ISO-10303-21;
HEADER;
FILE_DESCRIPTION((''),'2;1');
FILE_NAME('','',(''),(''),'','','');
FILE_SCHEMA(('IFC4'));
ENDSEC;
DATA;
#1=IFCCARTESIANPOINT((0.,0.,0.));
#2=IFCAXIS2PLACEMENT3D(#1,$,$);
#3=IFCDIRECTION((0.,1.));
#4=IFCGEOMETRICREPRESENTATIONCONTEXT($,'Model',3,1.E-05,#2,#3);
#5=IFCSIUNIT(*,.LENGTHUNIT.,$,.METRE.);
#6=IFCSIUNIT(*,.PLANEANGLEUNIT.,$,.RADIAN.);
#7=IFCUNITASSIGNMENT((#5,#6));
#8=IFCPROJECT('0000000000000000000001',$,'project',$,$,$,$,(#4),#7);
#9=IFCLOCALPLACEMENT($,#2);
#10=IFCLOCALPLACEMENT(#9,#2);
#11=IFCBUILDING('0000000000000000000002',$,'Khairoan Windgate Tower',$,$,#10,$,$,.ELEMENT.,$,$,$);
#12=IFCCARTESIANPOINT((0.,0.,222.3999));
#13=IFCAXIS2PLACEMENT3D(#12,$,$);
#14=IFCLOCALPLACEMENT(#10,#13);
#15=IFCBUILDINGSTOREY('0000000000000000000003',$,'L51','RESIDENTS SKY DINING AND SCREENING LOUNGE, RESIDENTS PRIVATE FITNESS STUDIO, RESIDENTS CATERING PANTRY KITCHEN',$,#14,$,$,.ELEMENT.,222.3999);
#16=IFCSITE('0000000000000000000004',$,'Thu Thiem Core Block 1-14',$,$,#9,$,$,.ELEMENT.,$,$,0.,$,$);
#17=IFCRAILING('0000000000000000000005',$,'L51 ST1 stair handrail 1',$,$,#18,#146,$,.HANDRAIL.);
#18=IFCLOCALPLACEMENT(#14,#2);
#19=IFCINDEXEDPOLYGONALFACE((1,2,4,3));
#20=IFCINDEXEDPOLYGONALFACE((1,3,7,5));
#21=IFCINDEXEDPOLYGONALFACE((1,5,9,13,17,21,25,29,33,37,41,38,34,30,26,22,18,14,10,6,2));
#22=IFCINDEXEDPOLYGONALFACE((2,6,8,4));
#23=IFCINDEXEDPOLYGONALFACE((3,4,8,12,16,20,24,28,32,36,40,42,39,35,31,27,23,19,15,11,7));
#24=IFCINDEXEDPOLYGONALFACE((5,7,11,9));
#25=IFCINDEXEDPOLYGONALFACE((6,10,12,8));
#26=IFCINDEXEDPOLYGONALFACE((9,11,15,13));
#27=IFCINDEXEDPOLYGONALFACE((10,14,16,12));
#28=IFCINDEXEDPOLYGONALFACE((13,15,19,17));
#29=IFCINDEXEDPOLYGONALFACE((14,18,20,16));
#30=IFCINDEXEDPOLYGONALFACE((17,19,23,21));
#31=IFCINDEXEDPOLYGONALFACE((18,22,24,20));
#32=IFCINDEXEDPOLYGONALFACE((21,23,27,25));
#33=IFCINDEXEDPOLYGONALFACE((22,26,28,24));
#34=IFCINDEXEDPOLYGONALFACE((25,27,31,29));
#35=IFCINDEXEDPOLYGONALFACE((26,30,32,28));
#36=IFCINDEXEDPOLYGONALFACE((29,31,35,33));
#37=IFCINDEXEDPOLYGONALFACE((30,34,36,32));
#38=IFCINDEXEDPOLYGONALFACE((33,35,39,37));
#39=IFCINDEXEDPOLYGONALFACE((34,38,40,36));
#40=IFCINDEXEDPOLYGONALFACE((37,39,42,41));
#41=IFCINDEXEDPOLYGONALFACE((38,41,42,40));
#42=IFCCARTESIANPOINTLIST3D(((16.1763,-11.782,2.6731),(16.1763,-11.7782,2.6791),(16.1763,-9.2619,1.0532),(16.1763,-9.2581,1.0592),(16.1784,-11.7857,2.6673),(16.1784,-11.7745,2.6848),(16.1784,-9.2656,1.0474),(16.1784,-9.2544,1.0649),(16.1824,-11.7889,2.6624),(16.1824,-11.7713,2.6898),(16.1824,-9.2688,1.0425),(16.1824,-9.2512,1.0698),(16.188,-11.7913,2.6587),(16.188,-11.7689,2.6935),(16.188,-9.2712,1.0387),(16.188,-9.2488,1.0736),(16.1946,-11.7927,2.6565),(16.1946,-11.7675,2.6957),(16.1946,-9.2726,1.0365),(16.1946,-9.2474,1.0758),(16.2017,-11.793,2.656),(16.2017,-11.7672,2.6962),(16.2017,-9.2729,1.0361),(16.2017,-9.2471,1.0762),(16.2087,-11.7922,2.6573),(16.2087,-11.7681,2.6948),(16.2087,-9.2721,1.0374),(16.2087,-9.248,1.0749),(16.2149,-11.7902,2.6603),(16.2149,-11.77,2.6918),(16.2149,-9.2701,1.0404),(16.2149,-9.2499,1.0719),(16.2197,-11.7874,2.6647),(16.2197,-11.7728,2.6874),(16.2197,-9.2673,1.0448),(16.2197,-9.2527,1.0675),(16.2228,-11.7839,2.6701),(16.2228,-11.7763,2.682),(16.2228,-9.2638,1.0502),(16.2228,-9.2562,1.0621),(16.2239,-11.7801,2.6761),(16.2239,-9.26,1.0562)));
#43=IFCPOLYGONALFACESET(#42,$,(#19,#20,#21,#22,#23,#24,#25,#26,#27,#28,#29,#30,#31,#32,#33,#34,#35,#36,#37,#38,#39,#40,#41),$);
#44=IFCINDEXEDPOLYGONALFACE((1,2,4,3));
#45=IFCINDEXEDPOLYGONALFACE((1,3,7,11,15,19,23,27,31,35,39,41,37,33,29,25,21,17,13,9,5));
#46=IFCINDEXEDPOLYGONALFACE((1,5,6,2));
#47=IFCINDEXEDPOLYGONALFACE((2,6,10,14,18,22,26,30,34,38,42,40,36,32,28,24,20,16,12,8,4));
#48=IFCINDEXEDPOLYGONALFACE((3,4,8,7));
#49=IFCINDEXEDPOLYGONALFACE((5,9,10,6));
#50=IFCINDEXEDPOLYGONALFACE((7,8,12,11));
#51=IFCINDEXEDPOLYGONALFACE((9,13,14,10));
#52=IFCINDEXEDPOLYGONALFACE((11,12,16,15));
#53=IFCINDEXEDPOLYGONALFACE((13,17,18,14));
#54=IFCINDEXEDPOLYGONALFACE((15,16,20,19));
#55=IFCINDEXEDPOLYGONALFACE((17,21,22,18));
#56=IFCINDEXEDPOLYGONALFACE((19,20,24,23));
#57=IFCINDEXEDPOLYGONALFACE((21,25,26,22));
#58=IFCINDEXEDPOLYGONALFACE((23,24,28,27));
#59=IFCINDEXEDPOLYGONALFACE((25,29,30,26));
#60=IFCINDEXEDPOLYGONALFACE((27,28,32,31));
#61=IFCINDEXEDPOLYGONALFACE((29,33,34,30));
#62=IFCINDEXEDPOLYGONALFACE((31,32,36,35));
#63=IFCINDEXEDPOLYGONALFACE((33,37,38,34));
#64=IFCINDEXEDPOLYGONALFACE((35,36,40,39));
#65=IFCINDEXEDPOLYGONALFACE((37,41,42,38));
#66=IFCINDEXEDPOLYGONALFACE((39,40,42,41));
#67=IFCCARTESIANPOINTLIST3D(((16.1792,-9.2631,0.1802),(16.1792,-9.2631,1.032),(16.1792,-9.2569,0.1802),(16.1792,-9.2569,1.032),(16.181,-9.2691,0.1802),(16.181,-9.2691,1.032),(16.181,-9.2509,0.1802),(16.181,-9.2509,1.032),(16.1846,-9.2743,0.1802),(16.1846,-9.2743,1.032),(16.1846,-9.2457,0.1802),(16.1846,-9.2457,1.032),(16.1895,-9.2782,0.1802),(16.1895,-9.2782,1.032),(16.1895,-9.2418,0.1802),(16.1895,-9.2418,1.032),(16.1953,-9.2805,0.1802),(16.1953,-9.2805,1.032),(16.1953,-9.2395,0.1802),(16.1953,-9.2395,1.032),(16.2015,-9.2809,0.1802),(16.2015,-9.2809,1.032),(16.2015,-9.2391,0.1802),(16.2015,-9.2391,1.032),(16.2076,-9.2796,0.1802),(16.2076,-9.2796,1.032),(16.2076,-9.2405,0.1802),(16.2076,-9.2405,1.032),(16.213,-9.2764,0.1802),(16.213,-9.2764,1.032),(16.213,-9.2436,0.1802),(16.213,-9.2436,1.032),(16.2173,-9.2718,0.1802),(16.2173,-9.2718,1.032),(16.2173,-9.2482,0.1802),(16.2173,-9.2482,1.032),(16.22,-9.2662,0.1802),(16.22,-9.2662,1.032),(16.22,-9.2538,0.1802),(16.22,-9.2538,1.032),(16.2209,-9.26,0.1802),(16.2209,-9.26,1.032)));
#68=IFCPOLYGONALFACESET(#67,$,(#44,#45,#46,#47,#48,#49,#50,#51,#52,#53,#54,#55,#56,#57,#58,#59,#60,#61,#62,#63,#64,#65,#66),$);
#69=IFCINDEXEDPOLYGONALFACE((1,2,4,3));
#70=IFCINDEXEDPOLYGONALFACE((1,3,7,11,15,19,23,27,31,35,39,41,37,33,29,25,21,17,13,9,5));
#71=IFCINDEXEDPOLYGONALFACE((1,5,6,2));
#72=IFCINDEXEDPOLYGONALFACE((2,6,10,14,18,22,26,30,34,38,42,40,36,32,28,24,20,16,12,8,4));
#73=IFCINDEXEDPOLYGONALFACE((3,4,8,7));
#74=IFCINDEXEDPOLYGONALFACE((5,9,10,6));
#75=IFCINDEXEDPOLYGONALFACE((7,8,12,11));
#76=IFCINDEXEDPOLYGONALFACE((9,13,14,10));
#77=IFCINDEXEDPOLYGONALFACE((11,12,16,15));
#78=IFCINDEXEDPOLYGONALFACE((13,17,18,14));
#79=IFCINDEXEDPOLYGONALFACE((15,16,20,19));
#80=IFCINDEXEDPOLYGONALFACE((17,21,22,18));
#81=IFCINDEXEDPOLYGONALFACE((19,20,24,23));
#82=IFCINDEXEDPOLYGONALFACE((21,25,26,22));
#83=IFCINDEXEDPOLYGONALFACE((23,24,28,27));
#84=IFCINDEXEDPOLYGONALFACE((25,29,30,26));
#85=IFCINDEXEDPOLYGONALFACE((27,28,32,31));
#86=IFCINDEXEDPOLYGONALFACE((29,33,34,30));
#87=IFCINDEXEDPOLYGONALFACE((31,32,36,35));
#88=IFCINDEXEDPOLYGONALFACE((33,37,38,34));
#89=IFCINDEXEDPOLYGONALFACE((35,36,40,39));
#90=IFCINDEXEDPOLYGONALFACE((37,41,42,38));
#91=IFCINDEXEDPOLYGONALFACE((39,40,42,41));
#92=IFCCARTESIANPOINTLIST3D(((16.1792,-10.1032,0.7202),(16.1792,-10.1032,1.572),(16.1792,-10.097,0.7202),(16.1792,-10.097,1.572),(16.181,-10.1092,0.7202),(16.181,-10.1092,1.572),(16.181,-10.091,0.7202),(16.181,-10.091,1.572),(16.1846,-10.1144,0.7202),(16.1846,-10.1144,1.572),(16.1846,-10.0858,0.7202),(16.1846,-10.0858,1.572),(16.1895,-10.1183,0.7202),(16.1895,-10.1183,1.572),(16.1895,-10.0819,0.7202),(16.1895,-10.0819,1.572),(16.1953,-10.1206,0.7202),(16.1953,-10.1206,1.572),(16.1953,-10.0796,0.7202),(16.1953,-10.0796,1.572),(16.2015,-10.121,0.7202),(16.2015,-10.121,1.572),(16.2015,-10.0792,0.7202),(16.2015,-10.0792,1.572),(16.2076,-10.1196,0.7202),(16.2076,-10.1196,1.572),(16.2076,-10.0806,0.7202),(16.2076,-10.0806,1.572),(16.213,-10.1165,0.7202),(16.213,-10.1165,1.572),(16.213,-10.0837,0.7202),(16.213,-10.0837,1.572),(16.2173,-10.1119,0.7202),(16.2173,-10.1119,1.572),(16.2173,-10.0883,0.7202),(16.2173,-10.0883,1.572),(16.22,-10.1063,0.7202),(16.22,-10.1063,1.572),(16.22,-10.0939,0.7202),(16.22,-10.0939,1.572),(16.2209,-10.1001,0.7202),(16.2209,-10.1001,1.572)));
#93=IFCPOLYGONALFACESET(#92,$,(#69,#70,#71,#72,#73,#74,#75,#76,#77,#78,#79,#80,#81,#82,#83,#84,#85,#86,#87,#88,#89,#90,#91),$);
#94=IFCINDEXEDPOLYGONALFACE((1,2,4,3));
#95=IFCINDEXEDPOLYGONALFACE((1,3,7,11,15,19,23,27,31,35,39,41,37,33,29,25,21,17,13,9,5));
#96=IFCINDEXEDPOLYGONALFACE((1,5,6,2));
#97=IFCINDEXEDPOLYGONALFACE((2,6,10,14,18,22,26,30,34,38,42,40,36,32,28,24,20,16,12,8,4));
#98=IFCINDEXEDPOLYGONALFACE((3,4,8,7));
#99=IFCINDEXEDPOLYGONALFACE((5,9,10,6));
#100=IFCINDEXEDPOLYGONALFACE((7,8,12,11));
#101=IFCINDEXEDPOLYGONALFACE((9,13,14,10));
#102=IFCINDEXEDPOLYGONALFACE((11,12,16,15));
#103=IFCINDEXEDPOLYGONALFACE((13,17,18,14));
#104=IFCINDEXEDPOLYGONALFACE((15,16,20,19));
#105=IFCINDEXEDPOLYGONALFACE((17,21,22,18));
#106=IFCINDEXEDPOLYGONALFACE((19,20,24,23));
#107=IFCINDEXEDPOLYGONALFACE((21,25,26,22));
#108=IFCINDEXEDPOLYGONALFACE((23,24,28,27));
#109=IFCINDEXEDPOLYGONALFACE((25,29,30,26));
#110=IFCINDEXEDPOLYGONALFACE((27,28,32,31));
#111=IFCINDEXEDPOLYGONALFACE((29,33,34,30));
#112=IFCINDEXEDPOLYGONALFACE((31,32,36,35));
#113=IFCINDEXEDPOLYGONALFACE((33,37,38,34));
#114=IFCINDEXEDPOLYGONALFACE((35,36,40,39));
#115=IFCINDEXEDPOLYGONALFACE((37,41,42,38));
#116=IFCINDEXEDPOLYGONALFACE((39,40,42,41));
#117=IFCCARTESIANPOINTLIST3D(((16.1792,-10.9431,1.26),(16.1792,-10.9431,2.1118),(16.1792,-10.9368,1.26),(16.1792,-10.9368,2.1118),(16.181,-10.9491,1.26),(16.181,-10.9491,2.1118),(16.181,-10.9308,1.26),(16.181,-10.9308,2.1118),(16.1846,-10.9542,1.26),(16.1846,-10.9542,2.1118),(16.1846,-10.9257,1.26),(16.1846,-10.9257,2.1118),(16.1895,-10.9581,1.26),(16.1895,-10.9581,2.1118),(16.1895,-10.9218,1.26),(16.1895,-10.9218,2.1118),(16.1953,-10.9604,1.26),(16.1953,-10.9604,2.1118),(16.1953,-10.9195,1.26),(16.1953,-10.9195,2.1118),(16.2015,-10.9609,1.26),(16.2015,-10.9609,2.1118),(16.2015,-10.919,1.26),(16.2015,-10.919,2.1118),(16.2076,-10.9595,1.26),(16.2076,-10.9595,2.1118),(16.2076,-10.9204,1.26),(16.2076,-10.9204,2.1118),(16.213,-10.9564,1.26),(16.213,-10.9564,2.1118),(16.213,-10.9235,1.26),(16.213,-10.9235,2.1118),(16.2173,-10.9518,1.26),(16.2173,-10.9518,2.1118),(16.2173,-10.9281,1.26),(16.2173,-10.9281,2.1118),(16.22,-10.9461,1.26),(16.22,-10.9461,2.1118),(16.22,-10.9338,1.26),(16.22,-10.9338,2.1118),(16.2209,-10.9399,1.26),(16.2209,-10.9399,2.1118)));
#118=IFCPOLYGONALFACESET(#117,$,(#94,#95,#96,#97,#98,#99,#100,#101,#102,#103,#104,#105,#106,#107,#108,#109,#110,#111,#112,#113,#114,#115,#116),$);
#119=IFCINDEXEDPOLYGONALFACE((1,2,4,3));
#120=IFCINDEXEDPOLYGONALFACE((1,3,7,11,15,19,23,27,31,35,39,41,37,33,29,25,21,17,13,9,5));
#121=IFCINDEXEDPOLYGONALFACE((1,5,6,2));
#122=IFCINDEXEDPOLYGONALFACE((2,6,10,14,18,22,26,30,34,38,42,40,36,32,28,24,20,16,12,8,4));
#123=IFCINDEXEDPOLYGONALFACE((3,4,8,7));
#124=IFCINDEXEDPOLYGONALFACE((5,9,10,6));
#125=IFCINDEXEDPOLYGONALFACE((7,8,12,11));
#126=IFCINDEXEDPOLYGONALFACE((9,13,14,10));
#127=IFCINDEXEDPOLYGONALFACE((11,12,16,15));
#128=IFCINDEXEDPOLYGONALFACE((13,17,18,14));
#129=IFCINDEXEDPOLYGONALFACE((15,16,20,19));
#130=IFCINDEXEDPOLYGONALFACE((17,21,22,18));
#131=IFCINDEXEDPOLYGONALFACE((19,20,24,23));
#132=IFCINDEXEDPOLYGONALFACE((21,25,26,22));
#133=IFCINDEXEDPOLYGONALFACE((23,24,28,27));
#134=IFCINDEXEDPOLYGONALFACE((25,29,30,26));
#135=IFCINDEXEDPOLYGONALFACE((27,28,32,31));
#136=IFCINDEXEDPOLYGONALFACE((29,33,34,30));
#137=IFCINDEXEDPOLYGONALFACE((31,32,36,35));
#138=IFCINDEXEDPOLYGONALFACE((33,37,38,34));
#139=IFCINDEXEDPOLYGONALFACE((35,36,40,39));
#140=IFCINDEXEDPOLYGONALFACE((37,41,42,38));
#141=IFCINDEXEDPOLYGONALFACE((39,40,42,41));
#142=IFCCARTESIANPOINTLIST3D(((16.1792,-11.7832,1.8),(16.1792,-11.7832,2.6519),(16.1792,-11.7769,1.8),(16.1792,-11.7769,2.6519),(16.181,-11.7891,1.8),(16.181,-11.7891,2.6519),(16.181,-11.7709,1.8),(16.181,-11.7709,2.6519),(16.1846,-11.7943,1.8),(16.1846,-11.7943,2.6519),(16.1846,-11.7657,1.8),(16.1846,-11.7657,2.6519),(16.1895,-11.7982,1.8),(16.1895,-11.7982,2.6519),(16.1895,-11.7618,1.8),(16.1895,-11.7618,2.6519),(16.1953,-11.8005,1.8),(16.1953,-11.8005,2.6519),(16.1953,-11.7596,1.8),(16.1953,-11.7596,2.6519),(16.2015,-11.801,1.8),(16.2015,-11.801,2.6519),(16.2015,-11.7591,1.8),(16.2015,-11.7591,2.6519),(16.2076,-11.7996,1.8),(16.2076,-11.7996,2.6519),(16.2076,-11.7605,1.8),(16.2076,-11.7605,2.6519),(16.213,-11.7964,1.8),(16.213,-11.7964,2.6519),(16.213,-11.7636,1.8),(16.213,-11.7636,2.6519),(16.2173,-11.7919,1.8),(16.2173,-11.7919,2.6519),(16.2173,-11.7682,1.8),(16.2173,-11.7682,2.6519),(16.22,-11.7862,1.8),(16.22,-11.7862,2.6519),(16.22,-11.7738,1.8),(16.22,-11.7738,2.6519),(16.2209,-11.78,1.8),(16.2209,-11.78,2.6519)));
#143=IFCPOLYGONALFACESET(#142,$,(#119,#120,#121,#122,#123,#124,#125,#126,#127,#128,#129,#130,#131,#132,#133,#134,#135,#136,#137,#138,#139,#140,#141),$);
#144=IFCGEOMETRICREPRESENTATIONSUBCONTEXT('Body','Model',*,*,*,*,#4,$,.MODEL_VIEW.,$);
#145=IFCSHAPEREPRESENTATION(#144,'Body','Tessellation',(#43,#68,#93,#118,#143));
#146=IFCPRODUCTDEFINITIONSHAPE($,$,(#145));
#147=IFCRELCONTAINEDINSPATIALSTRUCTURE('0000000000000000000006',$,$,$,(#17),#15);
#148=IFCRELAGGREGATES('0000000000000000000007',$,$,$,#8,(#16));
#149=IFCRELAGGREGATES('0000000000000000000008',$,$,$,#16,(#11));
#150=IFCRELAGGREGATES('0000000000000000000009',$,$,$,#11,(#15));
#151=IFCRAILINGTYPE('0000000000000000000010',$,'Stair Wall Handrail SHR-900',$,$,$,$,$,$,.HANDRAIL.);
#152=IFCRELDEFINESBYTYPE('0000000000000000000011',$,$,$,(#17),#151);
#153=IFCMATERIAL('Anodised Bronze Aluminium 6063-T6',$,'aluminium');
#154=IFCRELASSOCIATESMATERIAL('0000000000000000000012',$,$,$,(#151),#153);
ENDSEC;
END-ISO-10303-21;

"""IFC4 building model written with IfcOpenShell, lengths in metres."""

from ifc_helpers import new_model, si_unit, direction, frame, origin, origin_2d, place, context, subcontext, project, spatial, circle, extrude, material, type_object, element, save


model = new_model("IFC4")

# Units and contexts
model_context = context("Model", 3, precision=1e-05, world=origin(), true_north=direction((0.0, 1.0)))
body_context = subcontext(model_context, "Body", "Model", "MODEL_VIEW")
ifc_project = project(units=[si_unit("LENGTHUNIT", "METRE"), si_unit("PLANEANGLEUNIT", "RADIAN")], contexts=[model_context])

# Site, building, storey
site_placement = place(None, origin())
site = spatial("IfcSite", under=ifc_project, at=site_placement, Name="Thu Thiem Core Block 1-14", CompositionType="ELEMENT", RefElevation=0.0)
building_placement = place(site_placement, origin())
building = spatial("IfcBuilding", under=site, at=building_placement, Name="Khairoan Windgate Tower", CompositionType="ELEMENT")
storey_placement = place(building_placement, frame((0.0, 0.0, 222.3999)))
storey = spatial("IfcBuildingStorey", under=building, at=storey_placement, Name="L51", Description="RESIDENTS SKY DINING AND SCREENING LOUNGE, RESIDENTS PRIVATE FITNESS STUDIO, RESIDENTS CATERING PANTRY KITCHEN", CompositionType="ELEMENT", Elevation=222.3999)

# Railing
ifc_material_1 = material(Name="Anodised Bronze Aluminium 6063-T6", Category="aluminium")
railing_type_1 = type_object("IfcRailingType", Name="Stair Wall Handrail SHR-900", PredefinedType="HANDRAIL", material=ifc_material_1)
railing_1_placement = place(storey_placement, frame((16.2, -9.26, 0.1802)))
element("IfcRailing", 1, at=railing_1_placement, inside=storey, type_object=railing_type_1, Name="L51 ST1 stair handrail 1", PredefinedType="HANDRAIL", context=body_context, shape_type="SweptSolid", body=[
    extrude(circle(Radius=0.0239, at=origin_2d()), frame((0.0, 0.0, 0.876), z_axis=(0.0, -0.8412, 0.540725), x_axis=(1.0, 0.0, 0.0)), (0.0, 0.0, 1.0), 2.9958),
    extrude(circle(Radius=0.021, at=origin_2d()), origin(), (0.0, 0.0, 1.0), 0.8518),
    extrude(circle(Radius=0.021, at=origin_2d()), frame((0.0, -0.8401, 0.54)), (0.0, 0.0, 1.0), 0.8518),
    extrude(circle(Radius=0.021, at=origin_2d()), frame((0.0, -1.6799, 1.0798)), (0.0, 0.0, 1.0), 0.8518),
    extrude(circle(Radius=0.021, at=origin_2d()), frame((0.0, -2.52, 1.6199)), (0.0, 0.0, 1.0), 0.8518),
])

save(model, "model.ifc")
